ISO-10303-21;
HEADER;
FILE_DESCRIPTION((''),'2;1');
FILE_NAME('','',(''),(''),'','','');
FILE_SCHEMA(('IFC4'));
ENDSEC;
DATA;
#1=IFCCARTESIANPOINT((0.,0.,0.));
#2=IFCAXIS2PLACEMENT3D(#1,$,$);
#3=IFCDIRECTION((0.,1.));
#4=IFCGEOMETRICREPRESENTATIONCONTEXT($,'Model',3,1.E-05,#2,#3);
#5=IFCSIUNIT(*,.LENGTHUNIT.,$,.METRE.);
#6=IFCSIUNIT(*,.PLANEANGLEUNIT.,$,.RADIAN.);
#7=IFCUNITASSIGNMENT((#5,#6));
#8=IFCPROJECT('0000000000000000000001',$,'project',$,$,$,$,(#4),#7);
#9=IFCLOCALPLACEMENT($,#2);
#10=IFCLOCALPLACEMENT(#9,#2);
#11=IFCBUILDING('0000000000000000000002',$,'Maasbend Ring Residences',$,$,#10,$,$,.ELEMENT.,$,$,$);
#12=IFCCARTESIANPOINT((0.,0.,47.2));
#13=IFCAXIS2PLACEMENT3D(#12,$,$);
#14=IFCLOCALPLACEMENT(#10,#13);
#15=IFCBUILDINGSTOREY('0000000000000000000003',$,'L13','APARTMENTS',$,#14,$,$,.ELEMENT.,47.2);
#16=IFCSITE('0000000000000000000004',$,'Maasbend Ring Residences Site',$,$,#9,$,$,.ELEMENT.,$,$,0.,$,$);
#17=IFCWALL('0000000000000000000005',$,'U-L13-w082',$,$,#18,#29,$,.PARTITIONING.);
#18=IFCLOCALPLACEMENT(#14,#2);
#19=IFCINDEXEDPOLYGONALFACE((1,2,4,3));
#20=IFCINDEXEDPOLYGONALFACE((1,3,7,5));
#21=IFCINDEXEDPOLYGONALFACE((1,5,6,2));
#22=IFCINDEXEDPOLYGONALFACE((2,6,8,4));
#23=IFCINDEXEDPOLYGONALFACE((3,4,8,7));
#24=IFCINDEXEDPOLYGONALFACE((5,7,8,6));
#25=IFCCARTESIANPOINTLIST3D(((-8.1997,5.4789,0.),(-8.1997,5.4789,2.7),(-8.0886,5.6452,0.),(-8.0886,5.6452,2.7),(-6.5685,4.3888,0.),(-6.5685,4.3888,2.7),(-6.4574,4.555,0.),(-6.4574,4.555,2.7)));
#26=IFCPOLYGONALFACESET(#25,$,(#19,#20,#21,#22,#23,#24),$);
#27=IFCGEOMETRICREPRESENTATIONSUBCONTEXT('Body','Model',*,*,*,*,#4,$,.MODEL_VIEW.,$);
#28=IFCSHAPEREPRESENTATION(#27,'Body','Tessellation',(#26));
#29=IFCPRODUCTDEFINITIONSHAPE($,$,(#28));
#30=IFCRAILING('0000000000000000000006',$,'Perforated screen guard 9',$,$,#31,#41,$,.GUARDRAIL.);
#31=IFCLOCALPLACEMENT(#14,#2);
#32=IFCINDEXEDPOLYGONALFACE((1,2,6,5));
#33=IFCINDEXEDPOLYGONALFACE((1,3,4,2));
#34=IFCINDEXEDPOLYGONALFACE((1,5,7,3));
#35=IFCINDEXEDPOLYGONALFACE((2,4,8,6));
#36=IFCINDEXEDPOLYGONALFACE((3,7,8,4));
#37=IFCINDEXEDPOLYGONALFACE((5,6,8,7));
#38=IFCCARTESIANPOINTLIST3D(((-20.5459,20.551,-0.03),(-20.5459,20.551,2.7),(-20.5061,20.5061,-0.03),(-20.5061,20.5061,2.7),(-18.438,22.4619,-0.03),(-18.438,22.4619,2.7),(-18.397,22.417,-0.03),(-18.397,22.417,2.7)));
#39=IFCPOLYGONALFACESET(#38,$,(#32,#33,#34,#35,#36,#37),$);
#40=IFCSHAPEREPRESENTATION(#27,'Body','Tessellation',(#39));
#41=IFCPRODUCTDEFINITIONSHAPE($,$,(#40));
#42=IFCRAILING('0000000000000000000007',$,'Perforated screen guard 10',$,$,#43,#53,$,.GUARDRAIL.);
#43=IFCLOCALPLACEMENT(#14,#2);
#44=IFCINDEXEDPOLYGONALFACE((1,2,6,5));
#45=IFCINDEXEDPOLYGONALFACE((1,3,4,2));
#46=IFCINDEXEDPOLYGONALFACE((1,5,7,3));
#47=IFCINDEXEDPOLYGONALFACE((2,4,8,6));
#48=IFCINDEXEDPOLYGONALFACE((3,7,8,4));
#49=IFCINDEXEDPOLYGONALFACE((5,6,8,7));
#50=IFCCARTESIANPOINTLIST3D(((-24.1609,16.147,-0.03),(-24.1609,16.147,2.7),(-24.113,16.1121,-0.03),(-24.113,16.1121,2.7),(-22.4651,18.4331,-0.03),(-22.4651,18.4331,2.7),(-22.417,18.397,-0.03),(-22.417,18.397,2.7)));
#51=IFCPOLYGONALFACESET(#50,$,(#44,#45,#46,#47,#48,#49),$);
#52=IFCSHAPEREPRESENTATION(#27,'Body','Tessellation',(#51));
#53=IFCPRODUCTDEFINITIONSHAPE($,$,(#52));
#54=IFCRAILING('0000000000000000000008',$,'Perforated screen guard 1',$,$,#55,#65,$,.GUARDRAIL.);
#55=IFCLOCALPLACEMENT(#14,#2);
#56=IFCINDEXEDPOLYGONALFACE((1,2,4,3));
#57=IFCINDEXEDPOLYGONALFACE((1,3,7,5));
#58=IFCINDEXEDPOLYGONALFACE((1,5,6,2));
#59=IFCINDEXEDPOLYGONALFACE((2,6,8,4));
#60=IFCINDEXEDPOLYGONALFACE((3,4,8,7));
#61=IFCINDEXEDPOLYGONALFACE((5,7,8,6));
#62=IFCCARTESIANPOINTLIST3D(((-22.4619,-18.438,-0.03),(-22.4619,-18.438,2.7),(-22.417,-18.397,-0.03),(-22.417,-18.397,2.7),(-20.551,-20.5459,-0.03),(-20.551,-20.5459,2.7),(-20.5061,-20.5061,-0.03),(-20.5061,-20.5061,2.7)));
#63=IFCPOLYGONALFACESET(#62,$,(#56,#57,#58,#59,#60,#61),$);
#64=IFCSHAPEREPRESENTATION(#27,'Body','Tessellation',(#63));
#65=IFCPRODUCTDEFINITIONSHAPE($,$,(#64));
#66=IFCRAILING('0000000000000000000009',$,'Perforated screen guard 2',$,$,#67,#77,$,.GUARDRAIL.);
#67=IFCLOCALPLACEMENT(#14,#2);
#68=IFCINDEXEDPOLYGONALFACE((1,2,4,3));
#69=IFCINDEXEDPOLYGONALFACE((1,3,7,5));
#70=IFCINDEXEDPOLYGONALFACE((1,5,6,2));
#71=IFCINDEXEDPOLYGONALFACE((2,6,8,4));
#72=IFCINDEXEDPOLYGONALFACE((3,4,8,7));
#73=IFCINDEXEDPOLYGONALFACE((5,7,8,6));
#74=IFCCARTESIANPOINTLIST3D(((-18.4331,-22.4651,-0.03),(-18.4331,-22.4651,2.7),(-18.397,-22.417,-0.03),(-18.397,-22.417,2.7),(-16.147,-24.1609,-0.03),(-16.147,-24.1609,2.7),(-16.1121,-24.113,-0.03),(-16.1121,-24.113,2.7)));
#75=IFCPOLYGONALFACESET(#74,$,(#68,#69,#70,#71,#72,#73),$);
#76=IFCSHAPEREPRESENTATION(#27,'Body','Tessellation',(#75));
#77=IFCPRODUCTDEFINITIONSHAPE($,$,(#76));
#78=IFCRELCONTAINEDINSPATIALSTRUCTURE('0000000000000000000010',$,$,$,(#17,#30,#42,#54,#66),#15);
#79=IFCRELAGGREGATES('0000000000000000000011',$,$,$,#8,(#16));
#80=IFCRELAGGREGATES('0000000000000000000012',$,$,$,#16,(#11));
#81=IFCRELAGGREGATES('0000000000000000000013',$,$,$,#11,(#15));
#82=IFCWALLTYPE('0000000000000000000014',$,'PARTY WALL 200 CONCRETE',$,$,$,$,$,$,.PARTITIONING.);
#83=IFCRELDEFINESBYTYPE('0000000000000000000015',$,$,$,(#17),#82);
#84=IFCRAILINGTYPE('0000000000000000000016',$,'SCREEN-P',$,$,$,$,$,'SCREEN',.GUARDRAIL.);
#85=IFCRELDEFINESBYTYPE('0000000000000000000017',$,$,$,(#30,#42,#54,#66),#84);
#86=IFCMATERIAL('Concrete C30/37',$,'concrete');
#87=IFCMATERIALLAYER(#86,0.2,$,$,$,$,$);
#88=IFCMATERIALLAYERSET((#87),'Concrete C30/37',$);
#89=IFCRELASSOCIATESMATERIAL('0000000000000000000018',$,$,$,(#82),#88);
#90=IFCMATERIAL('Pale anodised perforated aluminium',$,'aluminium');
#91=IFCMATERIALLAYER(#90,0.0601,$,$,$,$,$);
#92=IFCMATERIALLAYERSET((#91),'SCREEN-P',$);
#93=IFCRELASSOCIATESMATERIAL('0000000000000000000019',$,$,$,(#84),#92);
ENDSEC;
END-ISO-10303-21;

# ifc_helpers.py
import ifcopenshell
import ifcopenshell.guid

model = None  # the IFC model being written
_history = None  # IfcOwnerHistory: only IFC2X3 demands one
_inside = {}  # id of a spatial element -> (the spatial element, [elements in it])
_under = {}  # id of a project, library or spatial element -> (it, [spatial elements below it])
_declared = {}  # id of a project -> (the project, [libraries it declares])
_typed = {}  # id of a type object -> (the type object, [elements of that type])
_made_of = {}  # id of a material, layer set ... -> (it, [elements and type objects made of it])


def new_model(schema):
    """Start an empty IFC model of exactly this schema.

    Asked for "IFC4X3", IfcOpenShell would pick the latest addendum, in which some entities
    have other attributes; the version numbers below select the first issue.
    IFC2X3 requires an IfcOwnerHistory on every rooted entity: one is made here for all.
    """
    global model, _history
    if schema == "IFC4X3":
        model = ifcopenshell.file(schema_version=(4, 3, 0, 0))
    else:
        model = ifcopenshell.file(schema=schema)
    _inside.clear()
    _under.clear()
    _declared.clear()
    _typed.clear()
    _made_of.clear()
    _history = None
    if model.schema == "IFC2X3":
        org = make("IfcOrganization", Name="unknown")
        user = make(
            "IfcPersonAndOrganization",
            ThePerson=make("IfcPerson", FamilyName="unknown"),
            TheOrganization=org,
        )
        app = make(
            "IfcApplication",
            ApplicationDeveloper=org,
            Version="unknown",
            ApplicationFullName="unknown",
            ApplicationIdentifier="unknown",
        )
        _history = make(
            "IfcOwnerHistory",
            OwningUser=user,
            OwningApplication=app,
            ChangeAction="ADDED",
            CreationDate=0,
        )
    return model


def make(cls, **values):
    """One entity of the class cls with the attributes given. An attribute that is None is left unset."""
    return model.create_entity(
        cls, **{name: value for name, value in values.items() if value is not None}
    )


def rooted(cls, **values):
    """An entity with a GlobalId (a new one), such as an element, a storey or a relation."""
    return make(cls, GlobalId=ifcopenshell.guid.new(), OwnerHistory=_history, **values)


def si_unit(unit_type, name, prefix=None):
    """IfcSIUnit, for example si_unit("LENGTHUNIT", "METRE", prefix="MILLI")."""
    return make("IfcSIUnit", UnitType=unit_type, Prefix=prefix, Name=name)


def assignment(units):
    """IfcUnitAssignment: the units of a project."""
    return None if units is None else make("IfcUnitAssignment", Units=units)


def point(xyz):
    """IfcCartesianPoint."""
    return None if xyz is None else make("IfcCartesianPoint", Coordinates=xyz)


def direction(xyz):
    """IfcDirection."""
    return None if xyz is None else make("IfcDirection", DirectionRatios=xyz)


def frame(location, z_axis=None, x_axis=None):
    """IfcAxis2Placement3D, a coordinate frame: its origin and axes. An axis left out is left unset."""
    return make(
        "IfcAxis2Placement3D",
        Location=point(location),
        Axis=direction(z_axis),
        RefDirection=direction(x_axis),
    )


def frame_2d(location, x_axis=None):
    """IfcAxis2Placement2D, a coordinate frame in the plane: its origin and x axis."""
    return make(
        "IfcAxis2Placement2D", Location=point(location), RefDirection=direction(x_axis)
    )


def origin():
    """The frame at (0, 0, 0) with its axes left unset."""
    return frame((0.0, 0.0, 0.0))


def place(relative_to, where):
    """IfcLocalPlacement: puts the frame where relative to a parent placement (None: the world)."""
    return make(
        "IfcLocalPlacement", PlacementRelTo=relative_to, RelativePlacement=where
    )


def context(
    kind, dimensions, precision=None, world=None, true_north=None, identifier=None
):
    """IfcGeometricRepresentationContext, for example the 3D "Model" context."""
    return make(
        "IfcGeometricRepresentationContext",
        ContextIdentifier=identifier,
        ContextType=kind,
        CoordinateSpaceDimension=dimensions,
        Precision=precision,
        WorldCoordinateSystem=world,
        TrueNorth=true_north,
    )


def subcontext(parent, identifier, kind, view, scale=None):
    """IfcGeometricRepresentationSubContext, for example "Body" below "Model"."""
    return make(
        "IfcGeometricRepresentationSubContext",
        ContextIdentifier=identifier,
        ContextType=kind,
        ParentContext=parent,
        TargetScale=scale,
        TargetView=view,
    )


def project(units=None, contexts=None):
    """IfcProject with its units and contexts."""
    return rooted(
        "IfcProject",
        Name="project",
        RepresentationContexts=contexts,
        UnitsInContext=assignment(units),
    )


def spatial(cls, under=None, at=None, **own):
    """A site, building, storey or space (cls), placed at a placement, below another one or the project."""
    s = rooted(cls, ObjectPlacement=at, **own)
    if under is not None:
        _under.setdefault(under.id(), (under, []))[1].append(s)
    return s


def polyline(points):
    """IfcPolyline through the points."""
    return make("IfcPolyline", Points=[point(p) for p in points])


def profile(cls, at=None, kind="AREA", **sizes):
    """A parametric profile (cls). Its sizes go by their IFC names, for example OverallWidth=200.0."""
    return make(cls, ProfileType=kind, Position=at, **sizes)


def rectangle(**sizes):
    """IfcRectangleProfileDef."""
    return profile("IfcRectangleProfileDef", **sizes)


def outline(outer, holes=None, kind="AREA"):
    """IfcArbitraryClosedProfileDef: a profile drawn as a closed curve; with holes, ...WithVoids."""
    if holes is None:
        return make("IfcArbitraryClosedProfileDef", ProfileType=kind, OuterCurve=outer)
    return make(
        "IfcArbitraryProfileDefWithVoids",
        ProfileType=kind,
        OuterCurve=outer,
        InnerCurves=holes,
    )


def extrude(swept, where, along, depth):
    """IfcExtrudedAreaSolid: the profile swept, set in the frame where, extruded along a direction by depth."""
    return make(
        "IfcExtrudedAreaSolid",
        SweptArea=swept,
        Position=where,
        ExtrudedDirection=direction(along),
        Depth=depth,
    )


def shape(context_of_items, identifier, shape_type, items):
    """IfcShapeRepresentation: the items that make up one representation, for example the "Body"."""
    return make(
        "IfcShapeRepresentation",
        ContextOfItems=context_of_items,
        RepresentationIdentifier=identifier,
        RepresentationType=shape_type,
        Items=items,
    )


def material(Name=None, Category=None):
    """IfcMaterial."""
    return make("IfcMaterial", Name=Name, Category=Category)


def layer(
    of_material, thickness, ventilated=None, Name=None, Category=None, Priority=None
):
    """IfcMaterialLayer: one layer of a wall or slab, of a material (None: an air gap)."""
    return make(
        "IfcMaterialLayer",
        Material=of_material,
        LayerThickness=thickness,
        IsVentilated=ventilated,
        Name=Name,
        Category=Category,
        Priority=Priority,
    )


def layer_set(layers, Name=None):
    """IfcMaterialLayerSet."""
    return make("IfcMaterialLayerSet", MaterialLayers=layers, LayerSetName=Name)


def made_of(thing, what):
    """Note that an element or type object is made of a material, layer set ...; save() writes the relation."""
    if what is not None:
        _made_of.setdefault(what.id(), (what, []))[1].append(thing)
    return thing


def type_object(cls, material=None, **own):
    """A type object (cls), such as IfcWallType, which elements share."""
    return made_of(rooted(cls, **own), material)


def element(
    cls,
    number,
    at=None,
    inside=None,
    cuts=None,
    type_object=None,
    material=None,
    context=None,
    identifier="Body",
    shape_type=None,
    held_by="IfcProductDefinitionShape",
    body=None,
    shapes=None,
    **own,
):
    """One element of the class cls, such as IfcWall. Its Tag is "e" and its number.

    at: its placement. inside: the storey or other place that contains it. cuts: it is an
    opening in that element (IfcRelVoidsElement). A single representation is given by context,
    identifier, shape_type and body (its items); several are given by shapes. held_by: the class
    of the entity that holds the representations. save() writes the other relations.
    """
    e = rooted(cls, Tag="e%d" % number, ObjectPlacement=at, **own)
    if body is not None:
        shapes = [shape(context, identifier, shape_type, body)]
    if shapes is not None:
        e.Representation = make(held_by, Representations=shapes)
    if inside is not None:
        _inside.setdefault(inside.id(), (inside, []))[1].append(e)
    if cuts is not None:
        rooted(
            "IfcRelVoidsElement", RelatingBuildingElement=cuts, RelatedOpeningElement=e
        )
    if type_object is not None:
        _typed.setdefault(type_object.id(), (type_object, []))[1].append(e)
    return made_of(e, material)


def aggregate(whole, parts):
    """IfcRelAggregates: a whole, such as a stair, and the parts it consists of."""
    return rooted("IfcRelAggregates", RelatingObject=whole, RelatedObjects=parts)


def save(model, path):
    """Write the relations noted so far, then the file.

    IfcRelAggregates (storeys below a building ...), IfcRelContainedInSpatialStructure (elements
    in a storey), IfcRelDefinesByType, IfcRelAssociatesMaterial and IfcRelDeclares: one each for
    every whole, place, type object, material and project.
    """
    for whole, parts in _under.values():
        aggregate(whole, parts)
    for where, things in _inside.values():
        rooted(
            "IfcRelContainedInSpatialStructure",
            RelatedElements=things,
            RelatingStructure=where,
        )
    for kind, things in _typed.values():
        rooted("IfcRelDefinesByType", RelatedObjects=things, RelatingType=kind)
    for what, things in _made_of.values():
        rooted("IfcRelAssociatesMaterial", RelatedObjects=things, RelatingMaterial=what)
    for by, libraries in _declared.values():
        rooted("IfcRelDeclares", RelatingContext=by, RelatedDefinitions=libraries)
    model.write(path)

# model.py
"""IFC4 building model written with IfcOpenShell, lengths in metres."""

from ifc_helpers import new_model, si_unit, direction, frame, frame_2d, origin, place, context, subcontext, project, spatial, polyline, rectangle, outline, extrude, material, layer, layer_set, type_object, element, save


model = new_model("IFC4")

# Units and contexts
model_context = context("Model", 3, precision=1e-05, world=origin(), true_north=direction((0.0, 1.0)))
body_context = subcontext(model_context, "Body", "Model", "MODEL_VIEW")
ifc_project = project(units=[si_unit("LENGTHUNIT", "METRE"), si_unit("PLANEANGLEUNIT", "RADIAN")], contexts=[model_context])

# Site, building, storey
site_placement = place(None, origin())
site = spatial("IfcSite", under=ifc_project, at=site_placement, Name="Maasbend Ring Residences Site", CompositionType="ELEMENT", RefElevation=0.0)
building_placement = place(site_placement, origin())
building = spatial("IfcBuilding", under=site, at=building_placement, Name="Maasbend Ring Residences", CompositionType="ELEMENT")
storey_placement = place(building_placement, frame((0.0, 0.0, 47.2)))
storey = spatial("IfcBuildingStorey", under=building, at=storey_placement, Name="L13", Description="APARTMENTS", CompositionType="ELEMENT", Elevation=47.2)

# Wall
ifc_material_1 = material(Name="Concrete C30/37", Category="concrete")
ifc_layer_1 = layer(ifc_material_1, 0.2)
ifc_layer_set_1 = layer_set([ifc_layer_1], Name="Concrete C30/37")
wall_type = type_object("IfcWallType", Name="PARTY WALL 200 CONCRETE", PredefinedType="PARTITIONING", material=ifc_layer_set_1)
wall_placement = place(storey_placement, frame((-6.5129, 4.4719, 0.0), z_axis=(0.0, 0.0, 1.0), x_axis=(-0.831418, 0.555648, 0.0)))
element("IfcWall", 1, at=wall_placement, inside=storey, type_object=wall_type, Name="U-L13-w082", PredefinedType="PARTITIONING", context=body_context, shape_type="SweptSolid", body=[
    extrude(rectangle(XDim=1.9619, YDim=0.2, at=frame_2d((0.981, 0.0))), origin(), (0.0, 0.0, 1.0), 2.7),
])

# Railings
ifc_material_2 = material(Name="Pale anodised perforated aluminium", Category="aluminium")
ifc_layer_2 = layer(ifc_material_2, 0.0601)
ifc_layer_set_2 = layer_set([ifc_layer_2], Name="SCREEN-P")
railing_type = type_object("IfcRailingType", Name="SCREEN-P", ElementType="SCREEN", PredefinedType="GUARDRAIL", material=ifc_layer_set_2)
railing_1_placement = place(storey_placement, frame((0.0, 0.0, -0.03)))
element("IfcRailing", 2, at=railing_1_placement, inside=storey, type_object=railing_type, Name="Perforated screen guard 9", PredefinedType="GUARDRAIL", context=body_context, shape_type="SweptSolid", body=[
    extrude(outline(polyline([(-18.397, 22.417), (-20.5061, 20.5061), (-20.5459, 20.551), (-18.438, 22.4619), (-18.397, 22.417)])), origin(), (0.0, 0.0, 1.0), 2.73),
])
railing_2_placement = place(storey_placement, frame((0.0, 0.0, -0.03)))
element("IfcRailing", 3, at=railing_2_placement, inside=storey, type_object=railing_type, Name="Perforated screen guard 10", PredefinedType="GUARDRAIL", context=body_context, shape_type="SweptSolid", body=[
    extrude(outline(polyline([(-22.417, 18.397), (-24.113, 16.1121), (-24.1609, 16.147), (-22.4651, 18.4331), (-22.417, 18.397)])), origin(), (0.0, 0.0, 1.0), 2.73),
])
railing_3_placement = place(storey_placement, frame((0.0, 0.0, -0.03)))
element("IfcRailing", 4, at=railing_3_placement, inside=storey, type_object=railing_type, Name="Perforated screen guard 1", PredefinedType="GUARDRAIL", context=body_context, shape_type="SweptSolid", body=[
    extrude(outline(polyline([(-22.417, -18.397), (-20.5061, -20.5061), (-20.551, -20.5459), (-22.4619, -18.438), (-22.417, -18.397)])), origin(), (0.0, 0.0, 1.0), 2.73),
])
railing_4_placement = place(storey_placement, frame((0.0, 0.0, -0.03)))
element("IfcRailing", 5, at=railing_4_placement, inside=storey, type_object=railing_type, Name="Perforated screen guard 2", PredefinedType="GUARDRAIL", context=body_context, shape_type="SweptSolid", body=[
    extrude(outline(polyline([(-18.397, -22.417), (-16.1121, -24.113), (-16.147, -24.1609), (-18.4331, -22.4651), (-18.397, -22.417)])), origin(), (0.0, 0.0, 1.0), 2.73),
])

save(model, "model.ifc")
